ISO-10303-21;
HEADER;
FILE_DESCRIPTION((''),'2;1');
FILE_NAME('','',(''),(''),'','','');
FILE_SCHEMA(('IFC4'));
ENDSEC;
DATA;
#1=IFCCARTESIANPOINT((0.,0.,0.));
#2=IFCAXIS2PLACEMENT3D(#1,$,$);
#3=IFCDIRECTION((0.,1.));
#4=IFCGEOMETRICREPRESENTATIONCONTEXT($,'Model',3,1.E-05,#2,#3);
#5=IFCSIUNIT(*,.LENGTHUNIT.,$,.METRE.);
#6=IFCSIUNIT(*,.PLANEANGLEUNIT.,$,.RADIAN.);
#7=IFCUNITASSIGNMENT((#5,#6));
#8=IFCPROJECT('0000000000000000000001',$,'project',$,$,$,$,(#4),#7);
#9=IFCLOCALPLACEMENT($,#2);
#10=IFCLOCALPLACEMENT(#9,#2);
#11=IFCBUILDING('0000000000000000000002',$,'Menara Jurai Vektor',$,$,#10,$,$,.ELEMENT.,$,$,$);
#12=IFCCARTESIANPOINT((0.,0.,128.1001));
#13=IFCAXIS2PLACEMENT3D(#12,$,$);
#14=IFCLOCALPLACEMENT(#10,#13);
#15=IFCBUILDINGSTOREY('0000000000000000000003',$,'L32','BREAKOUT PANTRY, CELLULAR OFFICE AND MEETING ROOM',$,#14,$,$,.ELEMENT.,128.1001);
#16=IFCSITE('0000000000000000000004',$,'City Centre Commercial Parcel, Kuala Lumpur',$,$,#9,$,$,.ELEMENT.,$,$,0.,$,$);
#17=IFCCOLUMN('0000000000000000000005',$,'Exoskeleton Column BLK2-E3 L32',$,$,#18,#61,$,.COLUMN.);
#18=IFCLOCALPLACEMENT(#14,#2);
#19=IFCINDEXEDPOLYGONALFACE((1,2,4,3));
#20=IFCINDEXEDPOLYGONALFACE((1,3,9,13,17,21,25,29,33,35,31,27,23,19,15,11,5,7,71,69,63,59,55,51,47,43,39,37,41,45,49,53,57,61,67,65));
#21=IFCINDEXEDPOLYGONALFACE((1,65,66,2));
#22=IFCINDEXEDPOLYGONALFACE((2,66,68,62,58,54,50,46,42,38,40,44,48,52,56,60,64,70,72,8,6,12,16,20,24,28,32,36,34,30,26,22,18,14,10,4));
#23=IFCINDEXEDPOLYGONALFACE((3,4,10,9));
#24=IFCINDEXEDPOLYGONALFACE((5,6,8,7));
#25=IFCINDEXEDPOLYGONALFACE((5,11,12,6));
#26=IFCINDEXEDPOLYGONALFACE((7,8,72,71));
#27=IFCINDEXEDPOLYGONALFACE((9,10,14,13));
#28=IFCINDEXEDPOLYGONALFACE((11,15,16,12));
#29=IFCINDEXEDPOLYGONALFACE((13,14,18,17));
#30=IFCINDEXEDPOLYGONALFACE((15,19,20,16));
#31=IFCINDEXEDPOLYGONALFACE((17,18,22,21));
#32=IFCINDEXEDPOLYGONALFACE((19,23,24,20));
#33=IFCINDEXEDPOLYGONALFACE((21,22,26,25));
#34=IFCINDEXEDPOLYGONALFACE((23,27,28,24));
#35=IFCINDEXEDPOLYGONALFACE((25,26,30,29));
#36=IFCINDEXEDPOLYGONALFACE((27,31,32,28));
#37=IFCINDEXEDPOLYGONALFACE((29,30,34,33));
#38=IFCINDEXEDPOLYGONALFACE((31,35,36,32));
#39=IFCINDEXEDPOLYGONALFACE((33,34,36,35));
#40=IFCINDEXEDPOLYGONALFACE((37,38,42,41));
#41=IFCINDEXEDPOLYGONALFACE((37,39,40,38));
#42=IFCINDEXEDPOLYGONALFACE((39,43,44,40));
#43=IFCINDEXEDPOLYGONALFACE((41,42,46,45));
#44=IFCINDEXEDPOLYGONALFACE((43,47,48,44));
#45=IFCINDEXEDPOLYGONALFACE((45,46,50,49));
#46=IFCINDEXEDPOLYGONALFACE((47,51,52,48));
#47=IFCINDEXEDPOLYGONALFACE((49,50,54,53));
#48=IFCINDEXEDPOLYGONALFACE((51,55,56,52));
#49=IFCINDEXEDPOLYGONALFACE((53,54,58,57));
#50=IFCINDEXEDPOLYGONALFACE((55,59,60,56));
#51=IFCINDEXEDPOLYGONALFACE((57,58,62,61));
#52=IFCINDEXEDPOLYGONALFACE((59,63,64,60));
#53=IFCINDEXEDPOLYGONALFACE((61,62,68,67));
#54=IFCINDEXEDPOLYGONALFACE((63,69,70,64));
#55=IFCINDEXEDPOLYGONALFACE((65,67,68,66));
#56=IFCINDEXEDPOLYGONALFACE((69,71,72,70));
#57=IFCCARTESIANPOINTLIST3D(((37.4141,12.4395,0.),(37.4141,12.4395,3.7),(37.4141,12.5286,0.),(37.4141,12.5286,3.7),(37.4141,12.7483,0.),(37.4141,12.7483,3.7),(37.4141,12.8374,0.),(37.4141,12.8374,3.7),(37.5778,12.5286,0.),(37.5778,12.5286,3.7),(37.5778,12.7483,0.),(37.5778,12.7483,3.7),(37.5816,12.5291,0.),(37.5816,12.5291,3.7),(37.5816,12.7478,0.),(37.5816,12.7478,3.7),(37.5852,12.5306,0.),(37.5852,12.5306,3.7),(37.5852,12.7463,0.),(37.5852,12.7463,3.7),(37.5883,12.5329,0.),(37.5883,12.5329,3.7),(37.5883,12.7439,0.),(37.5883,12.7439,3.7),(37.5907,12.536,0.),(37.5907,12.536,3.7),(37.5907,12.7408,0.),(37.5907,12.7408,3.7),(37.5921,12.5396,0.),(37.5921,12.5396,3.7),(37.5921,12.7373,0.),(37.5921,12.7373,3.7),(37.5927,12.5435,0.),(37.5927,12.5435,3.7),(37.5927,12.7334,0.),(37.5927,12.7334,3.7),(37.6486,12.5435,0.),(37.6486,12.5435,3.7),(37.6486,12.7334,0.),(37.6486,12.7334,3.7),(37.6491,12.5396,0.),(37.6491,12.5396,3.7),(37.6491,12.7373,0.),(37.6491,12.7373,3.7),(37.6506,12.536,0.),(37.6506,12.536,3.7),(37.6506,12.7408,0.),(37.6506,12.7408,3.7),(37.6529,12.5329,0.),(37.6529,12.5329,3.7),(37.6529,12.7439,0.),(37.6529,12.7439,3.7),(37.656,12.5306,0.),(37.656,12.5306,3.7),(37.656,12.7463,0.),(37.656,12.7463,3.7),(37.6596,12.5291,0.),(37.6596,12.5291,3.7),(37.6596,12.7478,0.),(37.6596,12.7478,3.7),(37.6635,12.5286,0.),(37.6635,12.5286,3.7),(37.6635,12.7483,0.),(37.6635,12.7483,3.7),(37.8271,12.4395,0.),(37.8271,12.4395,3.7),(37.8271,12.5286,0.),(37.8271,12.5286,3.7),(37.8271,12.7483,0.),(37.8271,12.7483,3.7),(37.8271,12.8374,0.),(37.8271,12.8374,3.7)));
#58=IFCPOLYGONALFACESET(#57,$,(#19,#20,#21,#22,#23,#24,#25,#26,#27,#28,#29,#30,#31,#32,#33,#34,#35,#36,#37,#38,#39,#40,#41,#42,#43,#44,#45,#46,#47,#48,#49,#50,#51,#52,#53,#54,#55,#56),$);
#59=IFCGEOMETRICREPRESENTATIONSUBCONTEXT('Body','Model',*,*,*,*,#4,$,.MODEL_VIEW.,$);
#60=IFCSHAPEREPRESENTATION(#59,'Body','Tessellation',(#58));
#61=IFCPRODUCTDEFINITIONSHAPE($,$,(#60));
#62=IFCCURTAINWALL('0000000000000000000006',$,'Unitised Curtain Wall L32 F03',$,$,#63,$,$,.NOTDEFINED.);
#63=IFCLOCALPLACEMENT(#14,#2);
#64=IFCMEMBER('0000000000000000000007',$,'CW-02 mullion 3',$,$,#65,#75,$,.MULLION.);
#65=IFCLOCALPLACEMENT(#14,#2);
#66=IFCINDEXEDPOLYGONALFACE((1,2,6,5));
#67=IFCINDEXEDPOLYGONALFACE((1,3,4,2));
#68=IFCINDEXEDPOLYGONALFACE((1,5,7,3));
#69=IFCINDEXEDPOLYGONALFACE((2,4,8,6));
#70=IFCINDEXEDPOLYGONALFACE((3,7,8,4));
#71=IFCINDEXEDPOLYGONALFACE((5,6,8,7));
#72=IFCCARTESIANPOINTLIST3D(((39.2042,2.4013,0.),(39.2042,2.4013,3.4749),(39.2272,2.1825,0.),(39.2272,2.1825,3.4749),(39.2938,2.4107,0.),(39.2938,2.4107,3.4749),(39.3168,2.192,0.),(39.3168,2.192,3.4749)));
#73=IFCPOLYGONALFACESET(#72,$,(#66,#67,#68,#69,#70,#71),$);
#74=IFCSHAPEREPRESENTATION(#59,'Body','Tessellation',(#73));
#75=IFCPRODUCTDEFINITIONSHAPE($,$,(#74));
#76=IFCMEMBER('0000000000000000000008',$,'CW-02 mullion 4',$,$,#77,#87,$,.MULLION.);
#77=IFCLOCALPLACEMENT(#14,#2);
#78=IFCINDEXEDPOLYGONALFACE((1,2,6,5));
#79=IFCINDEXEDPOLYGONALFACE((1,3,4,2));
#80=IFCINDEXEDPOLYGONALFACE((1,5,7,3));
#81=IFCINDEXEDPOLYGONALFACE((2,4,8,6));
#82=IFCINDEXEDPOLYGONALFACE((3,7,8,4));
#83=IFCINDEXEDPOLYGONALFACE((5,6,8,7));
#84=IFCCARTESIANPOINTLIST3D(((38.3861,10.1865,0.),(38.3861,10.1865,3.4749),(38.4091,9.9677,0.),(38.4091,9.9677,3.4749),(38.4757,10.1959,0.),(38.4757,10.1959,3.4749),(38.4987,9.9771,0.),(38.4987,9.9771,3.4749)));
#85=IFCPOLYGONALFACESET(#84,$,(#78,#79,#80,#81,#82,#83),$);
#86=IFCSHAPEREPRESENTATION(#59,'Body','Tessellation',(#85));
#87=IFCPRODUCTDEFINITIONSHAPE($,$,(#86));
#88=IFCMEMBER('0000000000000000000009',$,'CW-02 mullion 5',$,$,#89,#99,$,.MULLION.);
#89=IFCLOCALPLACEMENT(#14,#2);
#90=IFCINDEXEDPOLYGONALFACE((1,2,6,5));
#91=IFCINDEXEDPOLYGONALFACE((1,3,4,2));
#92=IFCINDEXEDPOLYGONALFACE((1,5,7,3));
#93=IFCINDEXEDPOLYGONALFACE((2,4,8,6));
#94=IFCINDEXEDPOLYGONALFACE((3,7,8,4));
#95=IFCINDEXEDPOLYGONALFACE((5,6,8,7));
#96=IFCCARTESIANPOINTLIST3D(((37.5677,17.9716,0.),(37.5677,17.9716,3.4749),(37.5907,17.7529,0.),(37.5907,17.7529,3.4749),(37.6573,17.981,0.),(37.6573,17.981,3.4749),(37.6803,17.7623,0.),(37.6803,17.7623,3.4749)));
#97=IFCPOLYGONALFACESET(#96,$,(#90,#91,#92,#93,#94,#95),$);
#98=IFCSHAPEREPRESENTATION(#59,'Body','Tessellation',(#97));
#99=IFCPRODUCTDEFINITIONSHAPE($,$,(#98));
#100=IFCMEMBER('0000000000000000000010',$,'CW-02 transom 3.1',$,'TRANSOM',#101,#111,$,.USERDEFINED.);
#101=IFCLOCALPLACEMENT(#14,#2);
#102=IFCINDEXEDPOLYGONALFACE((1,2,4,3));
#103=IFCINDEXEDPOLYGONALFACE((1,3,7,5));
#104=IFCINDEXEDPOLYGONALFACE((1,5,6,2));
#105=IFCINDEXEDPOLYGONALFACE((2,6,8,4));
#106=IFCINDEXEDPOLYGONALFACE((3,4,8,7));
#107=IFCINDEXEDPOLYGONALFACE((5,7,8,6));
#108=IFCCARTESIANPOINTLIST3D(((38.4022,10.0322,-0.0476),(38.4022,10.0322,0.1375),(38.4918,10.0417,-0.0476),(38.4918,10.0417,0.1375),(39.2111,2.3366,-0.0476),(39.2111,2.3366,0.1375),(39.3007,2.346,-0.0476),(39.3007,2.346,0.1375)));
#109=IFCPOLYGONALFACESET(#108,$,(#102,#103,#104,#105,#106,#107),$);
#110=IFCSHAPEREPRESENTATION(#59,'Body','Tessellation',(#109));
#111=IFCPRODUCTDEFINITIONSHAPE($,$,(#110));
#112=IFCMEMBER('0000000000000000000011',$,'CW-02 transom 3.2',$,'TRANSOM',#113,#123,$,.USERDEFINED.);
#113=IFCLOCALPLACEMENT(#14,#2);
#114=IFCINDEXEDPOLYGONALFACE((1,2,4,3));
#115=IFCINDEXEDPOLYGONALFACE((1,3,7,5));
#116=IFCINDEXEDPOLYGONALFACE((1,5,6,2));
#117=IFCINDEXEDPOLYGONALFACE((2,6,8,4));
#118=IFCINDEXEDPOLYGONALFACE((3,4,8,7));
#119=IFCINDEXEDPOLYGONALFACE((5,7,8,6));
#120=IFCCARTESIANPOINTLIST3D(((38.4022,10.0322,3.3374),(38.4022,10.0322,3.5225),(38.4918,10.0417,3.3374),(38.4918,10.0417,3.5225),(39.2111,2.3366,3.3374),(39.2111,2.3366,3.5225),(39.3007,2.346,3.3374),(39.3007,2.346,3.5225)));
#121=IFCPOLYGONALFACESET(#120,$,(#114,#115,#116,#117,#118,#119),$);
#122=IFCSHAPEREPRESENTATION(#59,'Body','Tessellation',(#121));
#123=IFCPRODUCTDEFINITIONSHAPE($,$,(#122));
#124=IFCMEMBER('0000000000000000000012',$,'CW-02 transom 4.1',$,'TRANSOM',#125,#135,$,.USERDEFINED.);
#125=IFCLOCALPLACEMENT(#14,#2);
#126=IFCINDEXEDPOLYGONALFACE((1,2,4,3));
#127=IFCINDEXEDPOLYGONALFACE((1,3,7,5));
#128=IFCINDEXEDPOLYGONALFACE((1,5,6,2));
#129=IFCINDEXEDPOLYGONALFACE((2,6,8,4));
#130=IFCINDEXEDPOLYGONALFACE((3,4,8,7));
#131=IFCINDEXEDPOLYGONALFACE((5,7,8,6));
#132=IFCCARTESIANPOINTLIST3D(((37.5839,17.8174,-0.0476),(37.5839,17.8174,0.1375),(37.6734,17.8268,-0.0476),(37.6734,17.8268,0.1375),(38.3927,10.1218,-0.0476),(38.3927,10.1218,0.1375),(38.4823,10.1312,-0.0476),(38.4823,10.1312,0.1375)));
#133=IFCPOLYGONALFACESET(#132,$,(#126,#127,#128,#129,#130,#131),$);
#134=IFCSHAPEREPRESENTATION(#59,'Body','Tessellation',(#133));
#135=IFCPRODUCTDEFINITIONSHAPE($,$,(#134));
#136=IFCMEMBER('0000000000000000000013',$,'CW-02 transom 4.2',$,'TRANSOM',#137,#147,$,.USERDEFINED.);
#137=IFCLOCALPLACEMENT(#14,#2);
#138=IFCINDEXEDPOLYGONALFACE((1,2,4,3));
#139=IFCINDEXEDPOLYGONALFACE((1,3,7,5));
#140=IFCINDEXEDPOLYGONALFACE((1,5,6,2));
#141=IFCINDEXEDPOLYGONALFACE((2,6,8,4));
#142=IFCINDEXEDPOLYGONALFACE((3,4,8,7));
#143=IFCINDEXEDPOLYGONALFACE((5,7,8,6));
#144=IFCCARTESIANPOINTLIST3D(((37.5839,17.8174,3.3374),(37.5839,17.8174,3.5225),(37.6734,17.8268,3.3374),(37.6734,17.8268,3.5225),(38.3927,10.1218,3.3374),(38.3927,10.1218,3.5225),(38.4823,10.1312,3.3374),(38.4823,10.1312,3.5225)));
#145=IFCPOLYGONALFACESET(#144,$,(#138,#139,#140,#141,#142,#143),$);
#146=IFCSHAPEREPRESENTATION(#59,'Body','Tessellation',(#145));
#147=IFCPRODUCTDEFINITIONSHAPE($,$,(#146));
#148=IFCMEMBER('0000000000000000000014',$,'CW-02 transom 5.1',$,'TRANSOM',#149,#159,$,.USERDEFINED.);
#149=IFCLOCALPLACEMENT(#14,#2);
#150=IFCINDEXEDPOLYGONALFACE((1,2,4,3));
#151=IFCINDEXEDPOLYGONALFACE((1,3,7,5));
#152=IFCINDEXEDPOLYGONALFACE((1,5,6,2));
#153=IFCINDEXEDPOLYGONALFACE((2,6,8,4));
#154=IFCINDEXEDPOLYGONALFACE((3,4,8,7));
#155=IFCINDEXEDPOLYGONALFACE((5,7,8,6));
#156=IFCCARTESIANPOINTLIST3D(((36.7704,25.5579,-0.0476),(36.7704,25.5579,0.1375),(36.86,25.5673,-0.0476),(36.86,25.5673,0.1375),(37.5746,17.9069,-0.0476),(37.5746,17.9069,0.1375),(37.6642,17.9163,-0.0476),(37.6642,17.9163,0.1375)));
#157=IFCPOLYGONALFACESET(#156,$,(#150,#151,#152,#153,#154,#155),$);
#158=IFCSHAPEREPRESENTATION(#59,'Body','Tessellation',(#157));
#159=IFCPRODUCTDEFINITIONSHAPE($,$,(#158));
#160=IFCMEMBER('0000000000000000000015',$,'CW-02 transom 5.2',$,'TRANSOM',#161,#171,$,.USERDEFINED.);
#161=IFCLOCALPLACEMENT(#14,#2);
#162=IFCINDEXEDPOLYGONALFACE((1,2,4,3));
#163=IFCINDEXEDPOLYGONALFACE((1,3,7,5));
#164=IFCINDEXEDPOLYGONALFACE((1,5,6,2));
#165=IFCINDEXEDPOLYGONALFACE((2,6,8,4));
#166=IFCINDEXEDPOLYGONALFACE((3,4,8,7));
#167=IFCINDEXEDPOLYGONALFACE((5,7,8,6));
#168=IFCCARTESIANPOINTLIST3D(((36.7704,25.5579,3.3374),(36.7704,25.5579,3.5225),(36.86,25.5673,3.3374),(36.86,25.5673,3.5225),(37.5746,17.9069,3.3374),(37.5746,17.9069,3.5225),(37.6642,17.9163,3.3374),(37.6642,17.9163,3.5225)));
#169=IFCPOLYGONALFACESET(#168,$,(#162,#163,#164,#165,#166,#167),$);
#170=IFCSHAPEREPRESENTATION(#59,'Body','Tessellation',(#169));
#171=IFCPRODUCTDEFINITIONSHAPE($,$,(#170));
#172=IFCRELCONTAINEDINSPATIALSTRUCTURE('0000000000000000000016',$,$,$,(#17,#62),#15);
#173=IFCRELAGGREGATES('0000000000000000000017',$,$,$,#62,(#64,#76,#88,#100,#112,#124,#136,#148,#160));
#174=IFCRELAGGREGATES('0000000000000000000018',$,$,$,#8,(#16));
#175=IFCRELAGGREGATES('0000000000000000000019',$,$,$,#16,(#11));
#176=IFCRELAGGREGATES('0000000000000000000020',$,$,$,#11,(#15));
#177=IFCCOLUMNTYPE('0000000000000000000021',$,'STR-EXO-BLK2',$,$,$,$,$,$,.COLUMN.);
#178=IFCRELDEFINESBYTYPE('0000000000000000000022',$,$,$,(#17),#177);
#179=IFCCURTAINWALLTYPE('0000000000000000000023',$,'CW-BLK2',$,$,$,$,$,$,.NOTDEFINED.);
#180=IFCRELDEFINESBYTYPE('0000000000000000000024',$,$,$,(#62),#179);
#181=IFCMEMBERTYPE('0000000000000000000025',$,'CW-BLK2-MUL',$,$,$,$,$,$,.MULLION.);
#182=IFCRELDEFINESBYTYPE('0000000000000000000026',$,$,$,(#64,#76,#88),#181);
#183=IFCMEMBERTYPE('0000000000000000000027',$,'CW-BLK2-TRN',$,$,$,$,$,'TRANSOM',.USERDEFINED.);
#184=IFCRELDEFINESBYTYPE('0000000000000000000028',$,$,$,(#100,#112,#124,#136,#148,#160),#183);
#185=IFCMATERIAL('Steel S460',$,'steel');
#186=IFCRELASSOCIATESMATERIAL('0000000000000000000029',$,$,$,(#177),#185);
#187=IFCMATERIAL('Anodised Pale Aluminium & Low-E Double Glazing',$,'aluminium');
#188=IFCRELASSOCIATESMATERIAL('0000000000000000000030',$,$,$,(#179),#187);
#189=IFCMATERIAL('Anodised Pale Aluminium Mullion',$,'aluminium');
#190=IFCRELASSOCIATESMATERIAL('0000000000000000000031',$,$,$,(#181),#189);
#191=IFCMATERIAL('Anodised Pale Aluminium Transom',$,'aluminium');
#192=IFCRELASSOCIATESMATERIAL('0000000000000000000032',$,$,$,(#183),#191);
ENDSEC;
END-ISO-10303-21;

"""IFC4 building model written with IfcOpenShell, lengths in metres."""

from ifc_helpers import new_model, si_unit, direction, frame, origin, origin_2d, place, context, subcontext, project, spatial, rectangle, i_section, extrude, material, material_profile, profile_set, type_object, element, aggregate, save


model = new_model("IFC4")

# Units and contexts
model_context = context("Model", 3, precision=1e-05, world=origin(), true_north=direction((0.0, 1.0)))
body_context = subcontext(model_context, "Body", "Model", "MODEL_VIEW")
ifc_project = project(units=[si_unit("LENGTHUNIT", "METRE"), si_unit("PLANEANGLEUNIT", "RADIAN")], contexts=[model_context])

# Site, building, storey
site_placement = place(None, origin())
site = spatial("IfcSite", under=ifc_project, at=site_placement, Name="City Centre Commercial Parcel, Kuala Lumpur", CompositionType="ELEMENT", RefElevation=0.0)
building_placement = place(site_placement, origin())
building = spatial("IfcBuilding", under=site, at=building_placement, Name="Menara Jurai Vektor", CompositionType="ELEMENT")
storey_placement = place(building_placement, frame((0.0, 0.0, 128.1001)))
storey = spatial("IfcBuildingStorey", under=building, at=storey_placement, Name="L32", Description="BREAKOUT PANTRY, CELLULAR OFFICE AND MEETING ROOM", CompositionType="ELEMENT", Elevation=128.1001)

# Column
ifc_material_1 = material(Name="Steel S460", Category="steel")
ifc_material_profile_1 = material_profile(ifc_material_1, i_section(OverallWidth=0.4131, OverallDepth=0.3979, WebThickness=0.0559, FlangeThickness=0.0891, FilletRadius=0.0149, at=origin_2d()), Name="HD 400x744")
ifc_profile_set_1 = profile_set([ifc_material_profile_1], Name="Steel S460")
column_type = type_object("IfcColumnType", Name="STR-EXO-BLK2", PredefinedType="COLUMN", material=ifc_profile_set_1)
column_placement = place(storey_placement, frame((37.6206, 12.6384, 0.0), z_axis=(0.0, 0.0, 1.0), x_axis=(1.0, 0.0, 0.0)))
element("IfcColumn", 1, at=column_placement, inside=storey, type_object=column_type, Name="Exoskeleton Column BLK2-E3 L32", PredefinedType="COLUMN", context=body_context, shape_type="SweptSolid", body=[
    extrude(i_section(OverallWidth=0.4131, OverallDepth=0.3979, WebThickness=0.0559, FlangeThickness=0.0891, FilletRadius=0.0149, at=origin_2d()), origin(), (0.0, 0.0, 1.0), 3.7),
])

# Curtain wall, members
ifc_material_2 = material(Name="Anodised Pale Aluminium & Low-E Double Glazing", Category="aluminium")
curtain_wall_type = type_object("IfcCurtainWallType", Name="CW-BLK2", PredefinedType="NOTDEFINED", material=ifc_material_2)
curtain_wall_placement = place(storey_placement, origin())
curtain_wall = element("IfcCurtainWall", 2, at=curtain_wall_placement, inside=storey, type_object=curtain_wall_type, Name="Unitised Curtain Wall L32 F03", PredefinedType="NOTDEFINED")
ifc_material_3 = material(Name="Anodised Pale Aluminium Mullion", Category="aluminium")
ifc_material_profile_2 = material_profile(ifc_material_3, rectangle(XDim=0.0901, YDim=0.22, at=origin_2d()), Name="ALU MUL 90x220")
ifc_profile_set_2 = profile_set([ifc_material_profile_2], Name="Anodised Pale Aluminium Mullion")
member_type_1 = type_object("IfcMemberType", Name="CW-BLK2-MUL", PredefinedType="MULLION", material=ifc_profile_set_2)
member_1_placement = place(storey_placement, frame((39.2605, 2.2966, 0.0), z_axis=(0.0, 0.0, 1.0), x_axis=(-0.994522, -0.10453, 0.0)))
member_1 = element("IfcMember", 3, at=member_1_placement, type_object=member_type_1, Name="CW-02 mullion 3", PredefinedType="MULLION", context=body_context, shape_type="SweptSolid", body=[
    extrude(rectangle(XDim=0.0901, YDim=0.22, at=origin_2d()), origin(), (0.0, 0.0, 1.0), 3.4749),
])
member_2_placement = place(storey_placement, frame((38.4424, 10.0818, 0.0), z_axis=(0.0, 0.0, 1.0), x_axis=(-0.994522, -0.10453, 0.0)))
member_2 = element("IfcMember", 4, at=member_2_placement, type_object=member_type_1, Name="CW-02 mullion 4", PredefinedType="MULLION", context=body_context, shape_type="SweptSolid", body=[
    extrude(rectangle(XDim=0.0901, YDim=0.22, at=origin_2d()), origin(), (0.0, 0.0, 1.0), 3.4749),
])
member_3_placement = place(storey_placement, frame((37.624, 17.8669, 0.0), z_axis=(0.0, 0.0, 1.0), x_axis=(-0.994522, -0.10453, 0.0)))
member_3 = element("IfcMember", 5, at=member_3_placement, type_object=member_type_1, Name="CW-02 mullion 5", PredefinedType="MULLION", context=body_context, shape_type="SweptSolid", body=[
    extrude(rectangle(XDim=0.0901, YDim=0.22, at=origin_2d()), origin(), (0.0, 0.0, 1.0), 3.4749),
])
ifc_material_4 = material(Name="Anodised Pale Aluminium Transom", Category="aluminium")
ifc_material_profile_3 = material_profile(ifc_material_4, rectangle(XDim=0.0901, YDim=0.1851, at=origin_2d()), Name="ALU TRN 90x185")
ifc_profile_set_3 = profile_set([ifc_material_profile_3], Name="Anodised Pale Aluminium Transom")
member_type_2 = type_object("IfcMemberType", Name="CW-BLK2-TRN", ElementType="TRANSOM", PredefinedType="USERDEFINED", material=ifc_profile_set_3)
member_4_placement = place(storey_placement, frame((39.2559, 2.3413, 0.0449), z_axis=(-0.104529, 0.994522, 0.0), x_axis=(-0.994522, -0.104529, 0.0)))
member_4 = element("IfcMember", 6, at=member_4_placement, type_object=member_type_2, Name="CW-02 transom 3.1", ObjectType="TRANSOM", PredefinedType="USERDEFINED", context=body_context, shape_type="SweptSolid", body=[
    extrude(rectangle(XDim=0.0901, YDim=0.1851, at=origin_2d()), origin(), (0.0, 0.0, 1.0), 7.738),
])
member_5_placement = place(storey_placement, frame((39.2559, 2.3413, 3.4299), z_axis=(-0.104529, 0.994522, 0.0), x_axis=(-0.994522, -0.104529, 0.0)))
member_5 = element("IfcMember", 7, at=member_5_placement, type_object=member_type_2, Name="CW-02 transom 3.2", ObjectType="TRANSOM", PredefinedType="USERDEFINED", context=body_context, shape_type="SweptSolid", body=[
    extrude(rectangle(XDim=0.0901, YDim=0.1851, at=origin_2d()), origin(), (0.0, 0.0, 1.0), 7.738),
])
member_6_placement = place(storey_placement, frame((38.4375, 10.1265, 0.0449), z_axis=(-0.104529, 0.994522, 0.0), x_axis=(-0.994522, -0.104529, 0.0)))
member_6 = element("IfcMember", 8, at=member_6_placement, type_object=member_type_2, Name="CW-02 transom 4.1", ObjectType="TRANSOM", PredefinedType="USERDEFINED", context=body_context, shape_type="SweptSolid", body=[
    extrude(rectangle(XDim=0.0901, YDim=0.1851, at=origin_2d()), origin(), (0.0, 0.0, 1.0), 7.738),
])
member_7_placement = place(storey_placement, frame((38.4375, 10.1265, 3.4299), z_axis=(-0.104529, 0.994522, 0.0), x_axis=(-0.994522, -0.104529, 0.0)))
member_7 = element("IfcMember", 9, at=member_7_placement, type_object=member_type_2, Name="CW-02 transom 4.2", ObjectType="TRANSOM", PredefinedType="USERDEFINED", context=body_context, shape_type="SweptSolid", body=[
    extrude(rectangle(XDim=0.0901, YDim=0.1851, at=origin_2d()), origin(), (0.0, 0.0, 1.0), 7.738),
])
member_8_placement = place(storey_placement, frame((37.6194, 17.9116, 0.0449), z_axis=(-0.104536, 0.994521, 0.0), x_axis=(-0.994521, -0.104536, 0.0)))
member_8 = element("IfcMember", 10, at=member_8_placement, type_object=member_type_2, Name="CW-02 transom 5.1", ObjectType="TRANSOM", PredefinedType="USERDEFINED", context=body_context, shape_type="SweptSolid", body=[
    extrude(rectangle(XDim=0.0901, YDim=0.1851, at=origin_2d()), origin(), (0.0, 0.0, 1.0), 7.6931),
])
member_9_placement = place(storey_placement, frame((37.6194, 17.9116, 3.4299), z_axis=(-0.104536, 0.994521, 0.0), x_axis=(-0.994521, -0.104536, 0.0)))
member_9 = element("IfcMember", 11, at=member_9_placement, type_object=member_type_2, Name="CW-02 transom 5.2", ObjectType="TRANSOM", PredefinedType="USERDEFINED", context=body_context, shape_type="SweptSolid", body=[
    extrude(rectangle(XDim=0.0901, YDim=0.1851, at=origin_2d()), origin(), (0.0, 0.0, 1.0), 7.6931),
])

aggregate(curtain_wall, [member_1, member_2, member_3, member_4, member_5, member_6, member_7, member_8, member_9])

save(model, "model.ifc")
